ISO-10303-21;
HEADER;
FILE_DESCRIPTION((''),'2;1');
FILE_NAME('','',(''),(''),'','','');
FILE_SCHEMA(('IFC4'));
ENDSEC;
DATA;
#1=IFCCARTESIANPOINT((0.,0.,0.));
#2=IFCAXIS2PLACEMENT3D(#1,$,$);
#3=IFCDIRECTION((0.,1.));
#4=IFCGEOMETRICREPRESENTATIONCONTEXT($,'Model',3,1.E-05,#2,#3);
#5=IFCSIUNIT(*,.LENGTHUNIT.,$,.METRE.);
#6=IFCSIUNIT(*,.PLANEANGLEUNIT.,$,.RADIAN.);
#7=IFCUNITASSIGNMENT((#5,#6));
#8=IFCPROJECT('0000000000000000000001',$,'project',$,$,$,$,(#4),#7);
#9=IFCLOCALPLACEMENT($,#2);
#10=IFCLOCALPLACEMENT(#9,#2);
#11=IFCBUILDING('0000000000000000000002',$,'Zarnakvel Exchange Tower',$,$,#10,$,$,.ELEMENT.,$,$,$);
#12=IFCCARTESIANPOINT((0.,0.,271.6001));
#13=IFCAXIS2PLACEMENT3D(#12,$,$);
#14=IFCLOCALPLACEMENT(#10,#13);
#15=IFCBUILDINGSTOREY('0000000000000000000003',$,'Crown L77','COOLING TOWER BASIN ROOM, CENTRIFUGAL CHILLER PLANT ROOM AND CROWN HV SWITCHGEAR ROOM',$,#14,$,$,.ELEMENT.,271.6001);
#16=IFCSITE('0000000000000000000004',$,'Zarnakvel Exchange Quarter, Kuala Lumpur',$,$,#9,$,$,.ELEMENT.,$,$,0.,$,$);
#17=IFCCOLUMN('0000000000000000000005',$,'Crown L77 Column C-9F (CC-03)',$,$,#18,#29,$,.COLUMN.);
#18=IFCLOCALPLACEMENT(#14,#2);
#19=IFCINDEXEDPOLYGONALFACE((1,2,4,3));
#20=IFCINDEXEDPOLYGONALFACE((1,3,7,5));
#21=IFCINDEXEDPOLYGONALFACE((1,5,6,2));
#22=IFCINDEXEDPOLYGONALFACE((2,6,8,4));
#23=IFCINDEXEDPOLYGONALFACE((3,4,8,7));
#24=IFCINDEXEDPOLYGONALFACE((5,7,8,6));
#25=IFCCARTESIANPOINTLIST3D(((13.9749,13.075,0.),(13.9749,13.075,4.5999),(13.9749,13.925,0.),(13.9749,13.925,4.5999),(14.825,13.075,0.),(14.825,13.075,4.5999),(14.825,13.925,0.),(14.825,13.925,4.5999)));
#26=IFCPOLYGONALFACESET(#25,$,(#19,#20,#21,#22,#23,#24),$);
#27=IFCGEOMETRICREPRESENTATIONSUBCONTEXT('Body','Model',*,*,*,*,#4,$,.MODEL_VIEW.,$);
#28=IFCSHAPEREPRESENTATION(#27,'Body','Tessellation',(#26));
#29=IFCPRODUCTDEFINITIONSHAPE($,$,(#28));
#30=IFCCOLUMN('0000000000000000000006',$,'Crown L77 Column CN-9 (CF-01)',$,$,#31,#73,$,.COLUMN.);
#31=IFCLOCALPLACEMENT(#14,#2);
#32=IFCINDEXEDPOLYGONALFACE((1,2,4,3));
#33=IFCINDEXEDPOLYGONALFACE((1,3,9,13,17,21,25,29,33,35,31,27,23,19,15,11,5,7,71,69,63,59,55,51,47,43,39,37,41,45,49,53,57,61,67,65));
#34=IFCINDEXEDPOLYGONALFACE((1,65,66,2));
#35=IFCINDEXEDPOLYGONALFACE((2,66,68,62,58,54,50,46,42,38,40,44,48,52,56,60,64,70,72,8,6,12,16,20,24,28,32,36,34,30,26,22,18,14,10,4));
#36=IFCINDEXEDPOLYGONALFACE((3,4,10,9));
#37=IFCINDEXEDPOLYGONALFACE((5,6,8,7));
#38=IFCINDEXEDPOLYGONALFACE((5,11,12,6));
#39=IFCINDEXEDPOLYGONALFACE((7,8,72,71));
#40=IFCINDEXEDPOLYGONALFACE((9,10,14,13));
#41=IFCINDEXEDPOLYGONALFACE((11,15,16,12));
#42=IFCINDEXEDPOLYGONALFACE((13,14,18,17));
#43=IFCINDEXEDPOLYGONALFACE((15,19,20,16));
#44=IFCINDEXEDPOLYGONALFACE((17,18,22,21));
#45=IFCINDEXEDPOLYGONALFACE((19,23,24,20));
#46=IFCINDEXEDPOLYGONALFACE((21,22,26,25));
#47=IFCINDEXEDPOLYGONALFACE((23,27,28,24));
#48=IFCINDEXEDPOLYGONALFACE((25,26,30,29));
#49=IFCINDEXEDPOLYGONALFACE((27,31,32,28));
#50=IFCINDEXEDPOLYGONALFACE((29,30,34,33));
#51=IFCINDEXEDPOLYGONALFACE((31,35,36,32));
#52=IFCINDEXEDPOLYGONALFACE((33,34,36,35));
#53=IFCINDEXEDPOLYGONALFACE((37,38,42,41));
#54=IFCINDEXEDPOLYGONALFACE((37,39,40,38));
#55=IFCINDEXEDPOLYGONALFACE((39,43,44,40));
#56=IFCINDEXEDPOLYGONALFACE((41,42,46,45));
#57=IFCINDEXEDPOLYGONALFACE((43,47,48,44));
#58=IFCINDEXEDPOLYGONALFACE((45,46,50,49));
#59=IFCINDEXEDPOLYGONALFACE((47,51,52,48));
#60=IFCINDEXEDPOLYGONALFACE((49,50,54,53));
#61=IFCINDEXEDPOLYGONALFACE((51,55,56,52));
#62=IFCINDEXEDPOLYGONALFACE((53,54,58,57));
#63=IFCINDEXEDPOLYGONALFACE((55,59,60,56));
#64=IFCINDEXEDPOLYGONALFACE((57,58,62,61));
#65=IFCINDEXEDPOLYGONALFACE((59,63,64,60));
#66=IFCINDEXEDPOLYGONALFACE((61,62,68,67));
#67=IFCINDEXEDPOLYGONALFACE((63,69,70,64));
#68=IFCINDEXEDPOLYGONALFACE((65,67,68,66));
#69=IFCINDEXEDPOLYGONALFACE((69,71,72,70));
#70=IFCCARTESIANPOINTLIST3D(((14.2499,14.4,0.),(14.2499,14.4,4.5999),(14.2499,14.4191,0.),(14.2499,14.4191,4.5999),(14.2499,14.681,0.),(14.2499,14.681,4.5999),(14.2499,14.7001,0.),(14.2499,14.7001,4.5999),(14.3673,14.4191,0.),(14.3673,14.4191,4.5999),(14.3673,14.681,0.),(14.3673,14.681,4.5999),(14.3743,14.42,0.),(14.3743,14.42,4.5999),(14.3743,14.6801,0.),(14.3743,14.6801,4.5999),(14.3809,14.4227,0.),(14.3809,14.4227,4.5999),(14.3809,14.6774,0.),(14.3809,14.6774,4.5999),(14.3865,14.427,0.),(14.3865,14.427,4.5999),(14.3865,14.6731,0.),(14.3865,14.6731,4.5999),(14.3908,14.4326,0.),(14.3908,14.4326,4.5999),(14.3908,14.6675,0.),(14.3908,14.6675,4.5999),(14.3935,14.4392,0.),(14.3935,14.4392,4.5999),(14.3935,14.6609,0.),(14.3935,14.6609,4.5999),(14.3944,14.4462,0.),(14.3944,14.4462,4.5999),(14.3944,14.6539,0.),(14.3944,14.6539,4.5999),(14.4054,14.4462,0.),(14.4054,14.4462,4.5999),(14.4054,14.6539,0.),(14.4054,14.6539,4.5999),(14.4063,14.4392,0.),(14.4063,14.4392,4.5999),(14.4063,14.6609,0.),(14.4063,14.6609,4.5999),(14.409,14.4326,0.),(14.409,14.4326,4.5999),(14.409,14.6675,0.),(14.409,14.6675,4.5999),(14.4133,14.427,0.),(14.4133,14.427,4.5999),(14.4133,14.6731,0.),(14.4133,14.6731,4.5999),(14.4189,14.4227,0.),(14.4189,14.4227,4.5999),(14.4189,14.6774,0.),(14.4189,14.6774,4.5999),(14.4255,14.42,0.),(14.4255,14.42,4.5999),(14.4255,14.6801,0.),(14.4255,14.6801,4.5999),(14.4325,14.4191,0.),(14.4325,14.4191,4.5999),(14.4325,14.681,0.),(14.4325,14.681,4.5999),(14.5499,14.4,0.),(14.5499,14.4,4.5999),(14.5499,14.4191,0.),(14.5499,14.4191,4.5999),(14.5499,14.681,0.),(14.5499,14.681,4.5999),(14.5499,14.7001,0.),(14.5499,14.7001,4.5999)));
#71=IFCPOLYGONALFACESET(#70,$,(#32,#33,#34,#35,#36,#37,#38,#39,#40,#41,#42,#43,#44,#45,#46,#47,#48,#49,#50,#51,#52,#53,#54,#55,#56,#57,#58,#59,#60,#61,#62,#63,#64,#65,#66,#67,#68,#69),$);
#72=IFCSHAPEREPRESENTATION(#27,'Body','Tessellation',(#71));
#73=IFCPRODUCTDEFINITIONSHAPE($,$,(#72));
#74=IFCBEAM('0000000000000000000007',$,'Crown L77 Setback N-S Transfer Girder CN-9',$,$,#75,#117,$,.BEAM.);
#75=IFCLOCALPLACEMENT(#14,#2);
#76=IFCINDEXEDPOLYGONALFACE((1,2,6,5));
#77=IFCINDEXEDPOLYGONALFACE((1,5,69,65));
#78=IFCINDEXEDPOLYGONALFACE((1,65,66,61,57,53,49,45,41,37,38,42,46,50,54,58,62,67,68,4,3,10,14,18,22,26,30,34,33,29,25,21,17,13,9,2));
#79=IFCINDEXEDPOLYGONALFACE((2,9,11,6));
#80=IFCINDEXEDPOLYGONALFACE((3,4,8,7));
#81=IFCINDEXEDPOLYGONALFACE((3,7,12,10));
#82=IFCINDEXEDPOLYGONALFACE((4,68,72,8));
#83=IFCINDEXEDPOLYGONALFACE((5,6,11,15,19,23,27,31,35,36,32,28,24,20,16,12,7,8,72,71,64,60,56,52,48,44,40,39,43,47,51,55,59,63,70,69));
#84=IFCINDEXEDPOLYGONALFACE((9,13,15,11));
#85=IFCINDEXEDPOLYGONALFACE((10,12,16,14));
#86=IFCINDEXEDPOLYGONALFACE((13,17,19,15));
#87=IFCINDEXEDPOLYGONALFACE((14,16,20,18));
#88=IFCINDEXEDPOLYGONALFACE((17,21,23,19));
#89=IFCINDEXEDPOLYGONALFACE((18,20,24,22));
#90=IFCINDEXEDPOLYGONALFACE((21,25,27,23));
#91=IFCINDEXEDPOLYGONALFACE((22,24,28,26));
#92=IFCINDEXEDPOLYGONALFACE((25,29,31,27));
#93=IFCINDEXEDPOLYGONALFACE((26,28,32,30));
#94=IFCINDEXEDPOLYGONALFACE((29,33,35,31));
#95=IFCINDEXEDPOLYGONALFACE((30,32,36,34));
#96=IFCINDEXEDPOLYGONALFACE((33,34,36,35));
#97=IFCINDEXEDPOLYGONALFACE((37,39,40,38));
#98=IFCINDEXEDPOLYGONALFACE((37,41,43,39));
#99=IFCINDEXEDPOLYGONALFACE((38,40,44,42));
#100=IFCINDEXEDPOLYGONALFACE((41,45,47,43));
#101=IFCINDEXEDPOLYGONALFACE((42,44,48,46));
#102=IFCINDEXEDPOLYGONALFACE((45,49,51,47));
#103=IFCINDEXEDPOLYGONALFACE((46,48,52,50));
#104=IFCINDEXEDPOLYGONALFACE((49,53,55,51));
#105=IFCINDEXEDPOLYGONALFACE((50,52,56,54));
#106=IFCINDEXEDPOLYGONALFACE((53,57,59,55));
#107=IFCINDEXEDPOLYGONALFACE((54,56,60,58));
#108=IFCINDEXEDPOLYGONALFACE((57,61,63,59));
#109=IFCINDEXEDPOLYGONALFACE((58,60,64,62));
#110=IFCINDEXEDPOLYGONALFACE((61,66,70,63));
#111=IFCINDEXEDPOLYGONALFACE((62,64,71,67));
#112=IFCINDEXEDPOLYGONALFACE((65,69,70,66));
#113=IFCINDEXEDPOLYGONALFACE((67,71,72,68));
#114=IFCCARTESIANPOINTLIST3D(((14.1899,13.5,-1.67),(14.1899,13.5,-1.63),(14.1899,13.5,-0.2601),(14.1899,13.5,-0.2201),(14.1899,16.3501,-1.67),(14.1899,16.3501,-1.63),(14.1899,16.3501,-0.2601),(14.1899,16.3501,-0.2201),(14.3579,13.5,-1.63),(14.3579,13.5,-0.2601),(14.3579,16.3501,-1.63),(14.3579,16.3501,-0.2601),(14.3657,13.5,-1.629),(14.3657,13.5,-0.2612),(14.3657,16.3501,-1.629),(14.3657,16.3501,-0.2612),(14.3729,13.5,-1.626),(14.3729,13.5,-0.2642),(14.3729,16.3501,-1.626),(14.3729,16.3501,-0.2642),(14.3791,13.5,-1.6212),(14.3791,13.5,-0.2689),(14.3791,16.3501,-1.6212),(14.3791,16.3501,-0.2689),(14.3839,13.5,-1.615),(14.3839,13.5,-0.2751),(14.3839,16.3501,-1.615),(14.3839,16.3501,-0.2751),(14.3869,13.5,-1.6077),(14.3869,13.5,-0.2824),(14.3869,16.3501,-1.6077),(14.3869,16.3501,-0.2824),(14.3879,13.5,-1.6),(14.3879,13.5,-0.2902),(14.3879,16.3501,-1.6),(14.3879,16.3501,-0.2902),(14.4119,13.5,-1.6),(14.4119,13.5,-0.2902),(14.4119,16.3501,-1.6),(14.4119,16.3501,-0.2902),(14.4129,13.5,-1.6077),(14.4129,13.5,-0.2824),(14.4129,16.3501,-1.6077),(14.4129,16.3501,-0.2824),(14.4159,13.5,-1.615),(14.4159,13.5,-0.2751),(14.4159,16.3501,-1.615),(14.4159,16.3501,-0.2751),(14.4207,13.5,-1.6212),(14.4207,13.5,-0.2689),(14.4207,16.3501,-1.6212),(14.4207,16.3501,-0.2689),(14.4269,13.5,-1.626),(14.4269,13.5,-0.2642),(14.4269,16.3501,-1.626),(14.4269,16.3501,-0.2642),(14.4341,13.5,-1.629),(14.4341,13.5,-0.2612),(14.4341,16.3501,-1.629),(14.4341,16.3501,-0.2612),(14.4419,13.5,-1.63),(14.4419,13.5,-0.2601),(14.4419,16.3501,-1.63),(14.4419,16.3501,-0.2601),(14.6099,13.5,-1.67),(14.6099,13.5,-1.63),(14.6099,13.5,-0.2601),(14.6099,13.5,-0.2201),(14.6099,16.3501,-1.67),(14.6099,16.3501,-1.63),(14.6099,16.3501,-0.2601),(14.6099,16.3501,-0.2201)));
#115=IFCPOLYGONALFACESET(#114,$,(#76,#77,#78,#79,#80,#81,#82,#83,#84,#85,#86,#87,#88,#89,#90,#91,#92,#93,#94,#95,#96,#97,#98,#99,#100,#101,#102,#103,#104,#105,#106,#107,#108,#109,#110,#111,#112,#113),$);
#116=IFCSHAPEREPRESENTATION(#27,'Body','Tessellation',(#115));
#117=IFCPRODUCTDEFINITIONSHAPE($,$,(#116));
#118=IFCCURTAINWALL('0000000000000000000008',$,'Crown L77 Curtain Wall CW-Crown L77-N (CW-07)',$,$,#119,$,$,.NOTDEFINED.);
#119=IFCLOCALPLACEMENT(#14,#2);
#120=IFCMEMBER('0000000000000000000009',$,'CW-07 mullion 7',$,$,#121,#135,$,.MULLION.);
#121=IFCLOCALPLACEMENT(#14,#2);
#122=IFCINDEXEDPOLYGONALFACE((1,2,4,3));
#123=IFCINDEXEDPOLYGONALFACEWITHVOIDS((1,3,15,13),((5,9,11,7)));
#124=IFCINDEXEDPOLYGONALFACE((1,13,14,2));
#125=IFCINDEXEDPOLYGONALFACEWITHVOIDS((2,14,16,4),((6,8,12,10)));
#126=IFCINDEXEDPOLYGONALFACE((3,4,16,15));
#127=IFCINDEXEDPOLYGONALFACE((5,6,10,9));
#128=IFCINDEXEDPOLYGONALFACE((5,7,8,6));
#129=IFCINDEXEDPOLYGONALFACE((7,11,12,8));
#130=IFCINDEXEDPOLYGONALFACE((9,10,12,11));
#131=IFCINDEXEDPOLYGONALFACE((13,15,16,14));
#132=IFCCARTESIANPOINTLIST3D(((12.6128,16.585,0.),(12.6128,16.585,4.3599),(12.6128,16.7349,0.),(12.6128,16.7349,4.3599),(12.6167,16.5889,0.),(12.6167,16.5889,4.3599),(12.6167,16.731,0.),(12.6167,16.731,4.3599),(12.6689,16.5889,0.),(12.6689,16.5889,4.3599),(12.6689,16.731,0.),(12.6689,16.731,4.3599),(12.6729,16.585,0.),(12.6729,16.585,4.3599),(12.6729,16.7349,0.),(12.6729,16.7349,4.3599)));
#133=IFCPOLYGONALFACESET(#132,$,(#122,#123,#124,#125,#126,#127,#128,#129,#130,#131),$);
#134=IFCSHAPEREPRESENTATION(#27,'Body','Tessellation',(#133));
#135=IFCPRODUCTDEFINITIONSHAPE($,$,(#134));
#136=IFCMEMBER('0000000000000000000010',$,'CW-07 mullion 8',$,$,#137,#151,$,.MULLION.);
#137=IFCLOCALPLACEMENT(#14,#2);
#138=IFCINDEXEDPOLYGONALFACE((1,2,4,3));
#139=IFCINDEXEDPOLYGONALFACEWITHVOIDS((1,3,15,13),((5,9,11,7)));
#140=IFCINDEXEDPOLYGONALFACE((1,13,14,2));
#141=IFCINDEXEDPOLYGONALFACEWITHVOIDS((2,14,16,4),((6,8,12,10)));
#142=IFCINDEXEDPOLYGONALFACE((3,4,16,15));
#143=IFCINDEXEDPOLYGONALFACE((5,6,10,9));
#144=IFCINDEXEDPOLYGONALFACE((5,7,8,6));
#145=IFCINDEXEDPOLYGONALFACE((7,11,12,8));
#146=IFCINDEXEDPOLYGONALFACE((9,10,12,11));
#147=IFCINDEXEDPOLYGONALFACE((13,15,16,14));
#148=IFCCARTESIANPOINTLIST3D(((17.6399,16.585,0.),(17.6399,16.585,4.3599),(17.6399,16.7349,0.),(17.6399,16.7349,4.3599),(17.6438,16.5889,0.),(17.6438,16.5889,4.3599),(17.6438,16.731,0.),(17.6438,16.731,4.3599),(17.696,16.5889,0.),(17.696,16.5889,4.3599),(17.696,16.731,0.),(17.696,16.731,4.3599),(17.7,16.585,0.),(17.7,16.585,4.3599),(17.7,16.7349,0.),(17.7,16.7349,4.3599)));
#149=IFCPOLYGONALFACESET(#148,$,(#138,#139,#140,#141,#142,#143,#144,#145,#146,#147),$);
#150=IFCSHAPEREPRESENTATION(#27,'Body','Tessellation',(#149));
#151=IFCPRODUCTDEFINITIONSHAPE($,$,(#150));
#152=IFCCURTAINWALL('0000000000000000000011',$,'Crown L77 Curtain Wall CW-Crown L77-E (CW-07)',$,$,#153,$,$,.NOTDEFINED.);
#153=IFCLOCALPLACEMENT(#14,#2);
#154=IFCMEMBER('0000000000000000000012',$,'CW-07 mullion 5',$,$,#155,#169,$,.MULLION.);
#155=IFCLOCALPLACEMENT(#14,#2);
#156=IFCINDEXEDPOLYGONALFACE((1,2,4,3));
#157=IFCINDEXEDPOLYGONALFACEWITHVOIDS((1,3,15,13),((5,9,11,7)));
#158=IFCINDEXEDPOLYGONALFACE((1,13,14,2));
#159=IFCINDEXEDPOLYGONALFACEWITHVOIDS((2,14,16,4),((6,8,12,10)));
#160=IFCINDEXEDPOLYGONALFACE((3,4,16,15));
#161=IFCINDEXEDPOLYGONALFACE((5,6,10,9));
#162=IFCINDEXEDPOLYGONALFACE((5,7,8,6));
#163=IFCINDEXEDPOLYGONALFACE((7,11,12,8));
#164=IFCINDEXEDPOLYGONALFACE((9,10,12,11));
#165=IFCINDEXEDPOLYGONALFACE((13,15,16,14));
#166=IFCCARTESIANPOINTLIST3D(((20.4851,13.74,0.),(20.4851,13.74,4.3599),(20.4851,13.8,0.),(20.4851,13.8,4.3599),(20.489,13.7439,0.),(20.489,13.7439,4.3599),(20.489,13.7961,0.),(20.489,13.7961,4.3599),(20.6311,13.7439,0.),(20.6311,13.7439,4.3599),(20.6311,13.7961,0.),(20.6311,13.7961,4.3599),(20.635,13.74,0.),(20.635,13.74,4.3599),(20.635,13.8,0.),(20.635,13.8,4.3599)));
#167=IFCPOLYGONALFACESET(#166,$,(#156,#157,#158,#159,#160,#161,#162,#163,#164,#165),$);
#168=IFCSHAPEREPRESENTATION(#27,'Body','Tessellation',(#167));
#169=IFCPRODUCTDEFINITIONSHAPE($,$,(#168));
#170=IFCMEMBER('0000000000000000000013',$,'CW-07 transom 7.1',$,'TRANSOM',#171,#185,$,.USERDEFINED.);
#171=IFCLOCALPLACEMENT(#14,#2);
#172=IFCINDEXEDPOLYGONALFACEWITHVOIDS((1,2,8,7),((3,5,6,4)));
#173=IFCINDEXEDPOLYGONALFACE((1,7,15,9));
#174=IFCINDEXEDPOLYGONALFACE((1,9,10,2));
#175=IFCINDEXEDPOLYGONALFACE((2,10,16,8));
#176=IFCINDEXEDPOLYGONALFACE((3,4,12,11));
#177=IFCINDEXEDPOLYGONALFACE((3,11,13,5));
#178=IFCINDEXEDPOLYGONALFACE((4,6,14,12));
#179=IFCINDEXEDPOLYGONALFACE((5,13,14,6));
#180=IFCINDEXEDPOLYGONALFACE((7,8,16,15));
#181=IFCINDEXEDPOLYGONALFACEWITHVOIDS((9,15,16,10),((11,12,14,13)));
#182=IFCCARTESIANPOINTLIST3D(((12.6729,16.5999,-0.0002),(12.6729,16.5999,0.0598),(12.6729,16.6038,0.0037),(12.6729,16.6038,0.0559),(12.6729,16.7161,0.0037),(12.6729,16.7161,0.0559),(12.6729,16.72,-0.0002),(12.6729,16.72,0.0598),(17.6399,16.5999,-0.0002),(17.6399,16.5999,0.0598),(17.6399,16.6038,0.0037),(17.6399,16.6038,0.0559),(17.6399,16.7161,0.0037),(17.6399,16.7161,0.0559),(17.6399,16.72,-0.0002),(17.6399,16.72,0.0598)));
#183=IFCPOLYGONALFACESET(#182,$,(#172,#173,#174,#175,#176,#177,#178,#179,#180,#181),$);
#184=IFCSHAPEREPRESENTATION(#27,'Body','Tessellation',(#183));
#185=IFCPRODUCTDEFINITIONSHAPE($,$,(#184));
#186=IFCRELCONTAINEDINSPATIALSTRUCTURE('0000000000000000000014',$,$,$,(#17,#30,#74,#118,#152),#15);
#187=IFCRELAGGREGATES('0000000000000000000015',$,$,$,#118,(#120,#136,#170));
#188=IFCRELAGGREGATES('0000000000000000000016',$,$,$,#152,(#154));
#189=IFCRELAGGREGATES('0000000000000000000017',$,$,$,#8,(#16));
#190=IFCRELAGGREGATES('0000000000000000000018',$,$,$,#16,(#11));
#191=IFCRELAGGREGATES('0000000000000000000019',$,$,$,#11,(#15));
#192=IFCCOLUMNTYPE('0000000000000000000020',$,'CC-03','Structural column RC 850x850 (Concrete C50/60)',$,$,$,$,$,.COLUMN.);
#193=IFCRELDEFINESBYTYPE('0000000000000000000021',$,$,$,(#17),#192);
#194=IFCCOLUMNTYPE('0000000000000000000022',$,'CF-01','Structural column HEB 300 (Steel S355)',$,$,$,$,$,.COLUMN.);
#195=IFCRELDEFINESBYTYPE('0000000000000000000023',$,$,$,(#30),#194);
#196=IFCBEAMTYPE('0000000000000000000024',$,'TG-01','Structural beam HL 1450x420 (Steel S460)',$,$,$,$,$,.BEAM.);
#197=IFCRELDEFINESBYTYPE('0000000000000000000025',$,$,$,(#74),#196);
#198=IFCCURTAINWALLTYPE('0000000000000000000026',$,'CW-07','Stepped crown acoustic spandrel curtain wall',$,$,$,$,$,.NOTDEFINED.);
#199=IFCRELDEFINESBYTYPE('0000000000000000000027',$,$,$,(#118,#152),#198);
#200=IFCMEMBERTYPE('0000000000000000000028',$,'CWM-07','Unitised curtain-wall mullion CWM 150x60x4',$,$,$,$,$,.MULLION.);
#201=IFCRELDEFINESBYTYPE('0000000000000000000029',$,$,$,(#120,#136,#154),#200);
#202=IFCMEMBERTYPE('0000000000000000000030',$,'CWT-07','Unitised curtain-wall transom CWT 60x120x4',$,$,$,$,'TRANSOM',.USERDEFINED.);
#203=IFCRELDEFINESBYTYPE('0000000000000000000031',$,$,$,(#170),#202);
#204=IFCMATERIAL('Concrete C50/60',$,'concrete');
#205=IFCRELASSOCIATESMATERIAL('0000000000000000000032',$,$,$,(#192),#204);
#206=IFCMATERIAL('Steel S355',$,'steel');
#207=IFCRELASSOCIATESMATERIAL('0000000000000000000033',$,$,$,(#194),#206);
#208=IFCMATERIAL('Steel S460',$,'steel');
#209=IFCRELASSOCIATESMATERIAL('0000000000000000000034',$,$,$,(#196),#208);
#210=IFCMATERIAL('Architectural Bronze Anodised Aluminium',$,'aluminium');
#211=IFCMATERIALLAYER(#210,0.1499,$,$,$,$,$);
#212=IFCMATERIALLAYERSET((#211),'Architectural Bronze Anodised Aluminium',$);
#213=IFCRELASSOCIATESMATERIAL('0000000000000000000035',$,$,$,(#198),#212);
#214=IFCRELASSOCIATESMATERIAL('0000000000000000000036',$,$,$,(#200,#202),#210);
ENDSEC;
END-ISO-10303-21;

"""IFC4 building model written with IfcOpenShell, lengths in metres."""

from ifc_helpers import new_model, si_unit, direction, frame, origin, origin_2d, place, context, subcontext, project, spatial, rectangle, hollow_rectangle, i_section, extrude, source, transform, mapped, material, layer, layer_set, material_profile, profile_set, type_object, element, aggregate, save


model = new_model("IFC4")

# Units and contexts
model_context = context("Model", 3, precision=1e-05, world=origin(), true_north=direction((0.0, 1.0)))
body_context = subcontext(model_context, "Body", "Model", "MODEL_VIEW")
ifc_project = project(units=[si_unit("LENGTHUNIT", "METRE"), si_unit("PLANEANGLEUNIT", "RADIAN")], contexts=[model_context])

# Site, building, storey
site_placement = place(None, origin())
site = spatial("IfcSite", under=ifc_project, at=site_placement, Name="Zarnakvel Exchange Quarter, Kuala Lumpur", CompositionType="ELEMENT", RefElevation=0.0)
building_placement = place(site_placement, origin())
building = spatial("IfcBuilding", under=site, at=building_placement, Name="Zarnakvel Exchange Tower", CompositionType="ELEMENT")
storey_placement = place(building_placement, frame((0.0, 0.0, 271.6001)))
storey = spatial("IfcBuildingStorey", under=building, at=storey_placement, Name="Crown L77", Description="COOLING TOWER BASIN ROOM, CENTRIFUGAL CHILLER PLANT ROOM AND CROWN HV SWITCHGEAR ROOM", CompositionType="ELEMENT", Elevation=271.6001)

# Columns
ifc_material_1 = material(Name="Concrete C50/60", Category="concrete")
ifc_material_profile_1 = material_profile(ifc_material_1, rectangle(XDim=0.8501, YDim=0.8501, at=origin_2d()))
ifc_profile_set_1 = profile_set([ifc_material_profile_1], Name="Concrete C50/60")
column_type_1 = type_object("IfcColumnType", Name="CC-03", Description="Structural column RC 850x850 (Concrete C50/60)", PredefinedType="COLUMN", material=ifc_profile_set_1)
column_1_placement = place(storey_placement, frame((14.3999, 13.5, 0.0), z_axis=(0.0, 0.0, 1.0), x_axis=(1.0, 0.0, 0.0)))
element("IfcColumn", 1, at=column_1_placement, inside=storey, type_object=column_type_1, Name="Crown L77 Column C-9F (CC-03)", PredefinedType="COLUMN", context=body_context, shape_type="SweptSolid", body=[
    extrude(rectangle(XDim=0.8501, YDim=0.8501, at=origin_2d()), origin(), (0.0, 0.0, 1.0), 4.5999),
])
ifc_material_2 = material(Name="Steel S355", Category="steel")
ifc_material_profile_2 = material_profile(ifc_material_2, i_section(OverallWidth=0.3, OverallDepth=0.3, WebThickness=0.011, FlangeThickness=0.019, FilletRadius=0.0271, at=origin_2d()))
ifc_profile_set_2 = profile_set([ifc_material_profile_2], Name="Steel S355")
column_type_2 = type_object("IfcColumnType", Name="CF-01", Description="Structural column HEB 300 (Steel S355)", PredefinedType="COLUMN", material=ifc_profile_set_2)
column_2_placement = place(storey_placement, frame((14.3999, 14.55, 0.0), z_axis=(0.0, 0.0, 1.0), x_axis=(1.0, 0.0, 0.0)))
element("IfcColumn", 2, at=column_2_placement, inside=storey, type_object=column_type_2, Name="Crown L77 Column CN-9 (CF-01)", PredefinedType="COLUMN", context=body_context, shape_type="SweptSolid", body=[
    extrude(i_section(OverallWidth=0.3, OverallDepth=0.3, WebThickness=0.011, FlangeThickness=0.019, FilletRadius=0.0271, at=origin_2d()), origin(), (0.0, 0.0, 1.0), 4.5999),
])

# Beam
ifc_material_3 = material(Name="Steel S460", Category="steel")
ifc_material_profile_3 = material_profile(ifc_material_3, i_section(OverallWidth=0.4199, OverallDepth=1.45, WebThickness=0.0239, FlangeThickness=0.04, FilletRadius=0.03, at=origin_2d()))
ifc_profile_set_3 = profile_set([ifc_material_profile_3], Name="Steel S460")
beam_type = type_object("IfcBeamType", Name="TG-01", Description="Structural beam HL 1450x420 (Steel S460)", PredefinedType="BEAM", material=ifc_profile_set_3)
beam_placement = place(storey_placement, frame((14.3999, 13.5, -0.9451), z_axis=(0.0, 1.0, 0.0), x_axis=(-1.0, 0.0, 0.0)))
element("IfcBeam", 3, at=beam_placement, inside=storey, type_object=beam_type, Name="Crown L77 Setback N-S Transfer Girder CN-9", PredefinedType="BEAM", context=body_context, shape_type="SweptSolid", body=[
    extrude(i_section(OverallWidth=0.4199, OverallDepth=1.45, WebThickness=0.0239, FlangeThickness=0.04, FilletRadius=0.03, at=origin_2d()), origin(), (0.0, 0.0, 1.0), 2.8501),
])

# Curtain wall, members
ifc_material_4 = material(Name="Architectural Bronze Anodised Aluminium", Category="aluminium")
ifc_layer_1 = layer(ifc_material_4, 0.1499)
ifc_layer_set_1 = layer_set([ifc_layer_1], Name="Architectural Bronze Anodised Aluminium")
curtain_wall_type = type_object("IfcCurtainWallType", Name="CW-07", Description="Stepped crown acoustic spandrel curtain wall", PredefinedType="NOTDEFINED", material=ifc_layer_set_1)
curtain_wall_1_placement = place(storey_placement, origin())
curtain_wall_1 = element("IfcCurtainWall", 4, at=curtain_wall_1_placement, inside=storey, type_object=curtain_wall_type, Name="Crown L77 Curtain Wall CW-Crown L77-N (CW-07)", PredefinedType="NOTDEFINED")
ifc_material_profile_4 = material_profile(ifc_material_4, hollow_rectangle(XDim=0.1499, YDim=0.0601, WallThickness=0.0039, at=origin_2d()))
ifc_profile_set_4 = profile_set([ifc_material_profile_4], Name="Architectural Bronze Anodised Aluminium")
member_type_1 = type_object("IfcMemberType", Name="CWM-07", Description="Unitised curtain-wall mullion CWM 150x60x4", PredefinedType="MULLION", material=ifc_profile_set_4)
shared_shape_1 = source(origin(), body_context, "Body", "SweptSolid", [
    extrude(hollow_rectangle(XDim=0.1499, YDim=0.0601, WallThickness=0.0039, at=origin_2d()), origin(), (0.0, 0.0, 1.0), 4.3599),
])
member_1_placement = place(storey_placement, frame((12.6428, 16.6599, 0.0), z_axis=(0.0, 0.0, 1.0), x_axis=(0.0, 1.0, 0.0)))
member_1 = element("IfcMember", 5, at=member_1_placement, type_object=member_type_1, Name="CW-07 mullion 7", PredefinedType="MULLION", context=body_context, shape_type="MappedRepresentation", body=[
    mapped(shared_shape_1, transform((0.0, 0.0, 0.0), x_axis=(1.0, 0.0, 0.0), y_axis=(0.0, 1.0, 0.0), z_axis=(0.0, 0.0, 1.0), scale=1.0)),
])
member_2_placement = place(storey_placement, frame((17.6699, 16.6599, 0.0), z_axis=(0.0, 0.0, 1.0), x_axis=(0.0, 1.0, 0.0)))
member_2 = element("IfcMember", 6, at=member_2_placement, type_object=member_type_1, Name="CW-07 mullion 8", PredefinedType="MULLION", context=body_context, shape_type="MappedRepresentation", body=[
    mapped(shared_shape_1, transform((0.0, 0.0, 0.0), x_axis=(1.0, 0.0, 0.0), y_axis=(0.0, 1.0, 0.0), z_axis=(0.0, 0.0, 1.0), scale=1.0)),
])

# Curtain wall, member
curtain_wall_2_placement = place(storey_placement, origin())
curtain_wall_2 = element("IfcCurtainWall", 7, at=curtain_wall_2_placement, inside=storey, type_object=curtain_wall_type, Name="Crown L77 Curtain Wall CW-Crown L77-E (CW-07)", PredefinedType="NOTDEFINED")
member_3_placement = place(storey_placement, frame((20.5601, 13.77, 0.0), z_axis=(0.0, 0.0, 1.0), x_axis=(-1.0, 0.0, 0.0)))
member_3 = element("IfcMember", 8, at=member_3_placement, type_object=member_type_1, Name="CW-07 mullion 5", PredefinedType="MULLION", context=body_context, shape_type="MappedRepresentation", body=[
    mapped(shared_shape_1, transform((0.0, 0.0, 0.0), x_axis=(1.0, 0.0, 0.0), y_axis=(0.0, 1.0, 0.0), z_axis=(0.0, 0.0, 1.0), scale=1.0)),
])

# Member
ifc_material_profile_5 = material_profile(ifc_material_4, hollow_rectangle(XDim=0.1201, YDim=0.0601, WallThickness=0.0039, at=origin_2d()))
ifc_profile_set_5 = profile_set([ifc_material_profile_5], Name="Architectural Bronze Anodised Aluminium")
member_type_2 = type_object("IfcMemberType", Name="CWT-07", Description="Unitised curtain-wall transom CWT 60x120x4", ElementType="TRANSOM", PredefinedType="USERDEFINED", material=ifc_profile_set_5)
shared_shape_2 = source(origin(), body_context, "Body", "SweptSolid", [
    extrude(hollow_rectangle(XDim=0.1201, YDim=0.0601, WallThickness=0.0039, at=origin_2d()), origin(), (0.0, 0.0, 1.0), 4.967),
])
member_4_placement = place(storey_placement, frame((12.6729, 16.6599, 0.0298), z_axis=(1.0, 0.0, 0.0), x_axis=(0.0, 1.0, 0.0)))
member_4 = element("IfcMember", 9, at=member_4_placement, type_object=member_type_2, Name="CW-07 transom 7.1", ObjectType="TRANSOM", PredefinedType="USERDEFINED", context=body_context, shape_type="MappedRepresentation", body=[
    mapped(shared_shape_2, transform((0.0, 0.0, 0.0), x_axis=(1.0, 0.0, 0.0), y_axis=(0.0, 1.0, 0.0), z_axis=(0.0, 0.0, 1.0), scale=1.0)),
])

aggregate(curtain_wall_1, [member_1, member_2, member_4])
aggregate(curtain_wall_2, [member_3])

save(model, "model.ifc")
